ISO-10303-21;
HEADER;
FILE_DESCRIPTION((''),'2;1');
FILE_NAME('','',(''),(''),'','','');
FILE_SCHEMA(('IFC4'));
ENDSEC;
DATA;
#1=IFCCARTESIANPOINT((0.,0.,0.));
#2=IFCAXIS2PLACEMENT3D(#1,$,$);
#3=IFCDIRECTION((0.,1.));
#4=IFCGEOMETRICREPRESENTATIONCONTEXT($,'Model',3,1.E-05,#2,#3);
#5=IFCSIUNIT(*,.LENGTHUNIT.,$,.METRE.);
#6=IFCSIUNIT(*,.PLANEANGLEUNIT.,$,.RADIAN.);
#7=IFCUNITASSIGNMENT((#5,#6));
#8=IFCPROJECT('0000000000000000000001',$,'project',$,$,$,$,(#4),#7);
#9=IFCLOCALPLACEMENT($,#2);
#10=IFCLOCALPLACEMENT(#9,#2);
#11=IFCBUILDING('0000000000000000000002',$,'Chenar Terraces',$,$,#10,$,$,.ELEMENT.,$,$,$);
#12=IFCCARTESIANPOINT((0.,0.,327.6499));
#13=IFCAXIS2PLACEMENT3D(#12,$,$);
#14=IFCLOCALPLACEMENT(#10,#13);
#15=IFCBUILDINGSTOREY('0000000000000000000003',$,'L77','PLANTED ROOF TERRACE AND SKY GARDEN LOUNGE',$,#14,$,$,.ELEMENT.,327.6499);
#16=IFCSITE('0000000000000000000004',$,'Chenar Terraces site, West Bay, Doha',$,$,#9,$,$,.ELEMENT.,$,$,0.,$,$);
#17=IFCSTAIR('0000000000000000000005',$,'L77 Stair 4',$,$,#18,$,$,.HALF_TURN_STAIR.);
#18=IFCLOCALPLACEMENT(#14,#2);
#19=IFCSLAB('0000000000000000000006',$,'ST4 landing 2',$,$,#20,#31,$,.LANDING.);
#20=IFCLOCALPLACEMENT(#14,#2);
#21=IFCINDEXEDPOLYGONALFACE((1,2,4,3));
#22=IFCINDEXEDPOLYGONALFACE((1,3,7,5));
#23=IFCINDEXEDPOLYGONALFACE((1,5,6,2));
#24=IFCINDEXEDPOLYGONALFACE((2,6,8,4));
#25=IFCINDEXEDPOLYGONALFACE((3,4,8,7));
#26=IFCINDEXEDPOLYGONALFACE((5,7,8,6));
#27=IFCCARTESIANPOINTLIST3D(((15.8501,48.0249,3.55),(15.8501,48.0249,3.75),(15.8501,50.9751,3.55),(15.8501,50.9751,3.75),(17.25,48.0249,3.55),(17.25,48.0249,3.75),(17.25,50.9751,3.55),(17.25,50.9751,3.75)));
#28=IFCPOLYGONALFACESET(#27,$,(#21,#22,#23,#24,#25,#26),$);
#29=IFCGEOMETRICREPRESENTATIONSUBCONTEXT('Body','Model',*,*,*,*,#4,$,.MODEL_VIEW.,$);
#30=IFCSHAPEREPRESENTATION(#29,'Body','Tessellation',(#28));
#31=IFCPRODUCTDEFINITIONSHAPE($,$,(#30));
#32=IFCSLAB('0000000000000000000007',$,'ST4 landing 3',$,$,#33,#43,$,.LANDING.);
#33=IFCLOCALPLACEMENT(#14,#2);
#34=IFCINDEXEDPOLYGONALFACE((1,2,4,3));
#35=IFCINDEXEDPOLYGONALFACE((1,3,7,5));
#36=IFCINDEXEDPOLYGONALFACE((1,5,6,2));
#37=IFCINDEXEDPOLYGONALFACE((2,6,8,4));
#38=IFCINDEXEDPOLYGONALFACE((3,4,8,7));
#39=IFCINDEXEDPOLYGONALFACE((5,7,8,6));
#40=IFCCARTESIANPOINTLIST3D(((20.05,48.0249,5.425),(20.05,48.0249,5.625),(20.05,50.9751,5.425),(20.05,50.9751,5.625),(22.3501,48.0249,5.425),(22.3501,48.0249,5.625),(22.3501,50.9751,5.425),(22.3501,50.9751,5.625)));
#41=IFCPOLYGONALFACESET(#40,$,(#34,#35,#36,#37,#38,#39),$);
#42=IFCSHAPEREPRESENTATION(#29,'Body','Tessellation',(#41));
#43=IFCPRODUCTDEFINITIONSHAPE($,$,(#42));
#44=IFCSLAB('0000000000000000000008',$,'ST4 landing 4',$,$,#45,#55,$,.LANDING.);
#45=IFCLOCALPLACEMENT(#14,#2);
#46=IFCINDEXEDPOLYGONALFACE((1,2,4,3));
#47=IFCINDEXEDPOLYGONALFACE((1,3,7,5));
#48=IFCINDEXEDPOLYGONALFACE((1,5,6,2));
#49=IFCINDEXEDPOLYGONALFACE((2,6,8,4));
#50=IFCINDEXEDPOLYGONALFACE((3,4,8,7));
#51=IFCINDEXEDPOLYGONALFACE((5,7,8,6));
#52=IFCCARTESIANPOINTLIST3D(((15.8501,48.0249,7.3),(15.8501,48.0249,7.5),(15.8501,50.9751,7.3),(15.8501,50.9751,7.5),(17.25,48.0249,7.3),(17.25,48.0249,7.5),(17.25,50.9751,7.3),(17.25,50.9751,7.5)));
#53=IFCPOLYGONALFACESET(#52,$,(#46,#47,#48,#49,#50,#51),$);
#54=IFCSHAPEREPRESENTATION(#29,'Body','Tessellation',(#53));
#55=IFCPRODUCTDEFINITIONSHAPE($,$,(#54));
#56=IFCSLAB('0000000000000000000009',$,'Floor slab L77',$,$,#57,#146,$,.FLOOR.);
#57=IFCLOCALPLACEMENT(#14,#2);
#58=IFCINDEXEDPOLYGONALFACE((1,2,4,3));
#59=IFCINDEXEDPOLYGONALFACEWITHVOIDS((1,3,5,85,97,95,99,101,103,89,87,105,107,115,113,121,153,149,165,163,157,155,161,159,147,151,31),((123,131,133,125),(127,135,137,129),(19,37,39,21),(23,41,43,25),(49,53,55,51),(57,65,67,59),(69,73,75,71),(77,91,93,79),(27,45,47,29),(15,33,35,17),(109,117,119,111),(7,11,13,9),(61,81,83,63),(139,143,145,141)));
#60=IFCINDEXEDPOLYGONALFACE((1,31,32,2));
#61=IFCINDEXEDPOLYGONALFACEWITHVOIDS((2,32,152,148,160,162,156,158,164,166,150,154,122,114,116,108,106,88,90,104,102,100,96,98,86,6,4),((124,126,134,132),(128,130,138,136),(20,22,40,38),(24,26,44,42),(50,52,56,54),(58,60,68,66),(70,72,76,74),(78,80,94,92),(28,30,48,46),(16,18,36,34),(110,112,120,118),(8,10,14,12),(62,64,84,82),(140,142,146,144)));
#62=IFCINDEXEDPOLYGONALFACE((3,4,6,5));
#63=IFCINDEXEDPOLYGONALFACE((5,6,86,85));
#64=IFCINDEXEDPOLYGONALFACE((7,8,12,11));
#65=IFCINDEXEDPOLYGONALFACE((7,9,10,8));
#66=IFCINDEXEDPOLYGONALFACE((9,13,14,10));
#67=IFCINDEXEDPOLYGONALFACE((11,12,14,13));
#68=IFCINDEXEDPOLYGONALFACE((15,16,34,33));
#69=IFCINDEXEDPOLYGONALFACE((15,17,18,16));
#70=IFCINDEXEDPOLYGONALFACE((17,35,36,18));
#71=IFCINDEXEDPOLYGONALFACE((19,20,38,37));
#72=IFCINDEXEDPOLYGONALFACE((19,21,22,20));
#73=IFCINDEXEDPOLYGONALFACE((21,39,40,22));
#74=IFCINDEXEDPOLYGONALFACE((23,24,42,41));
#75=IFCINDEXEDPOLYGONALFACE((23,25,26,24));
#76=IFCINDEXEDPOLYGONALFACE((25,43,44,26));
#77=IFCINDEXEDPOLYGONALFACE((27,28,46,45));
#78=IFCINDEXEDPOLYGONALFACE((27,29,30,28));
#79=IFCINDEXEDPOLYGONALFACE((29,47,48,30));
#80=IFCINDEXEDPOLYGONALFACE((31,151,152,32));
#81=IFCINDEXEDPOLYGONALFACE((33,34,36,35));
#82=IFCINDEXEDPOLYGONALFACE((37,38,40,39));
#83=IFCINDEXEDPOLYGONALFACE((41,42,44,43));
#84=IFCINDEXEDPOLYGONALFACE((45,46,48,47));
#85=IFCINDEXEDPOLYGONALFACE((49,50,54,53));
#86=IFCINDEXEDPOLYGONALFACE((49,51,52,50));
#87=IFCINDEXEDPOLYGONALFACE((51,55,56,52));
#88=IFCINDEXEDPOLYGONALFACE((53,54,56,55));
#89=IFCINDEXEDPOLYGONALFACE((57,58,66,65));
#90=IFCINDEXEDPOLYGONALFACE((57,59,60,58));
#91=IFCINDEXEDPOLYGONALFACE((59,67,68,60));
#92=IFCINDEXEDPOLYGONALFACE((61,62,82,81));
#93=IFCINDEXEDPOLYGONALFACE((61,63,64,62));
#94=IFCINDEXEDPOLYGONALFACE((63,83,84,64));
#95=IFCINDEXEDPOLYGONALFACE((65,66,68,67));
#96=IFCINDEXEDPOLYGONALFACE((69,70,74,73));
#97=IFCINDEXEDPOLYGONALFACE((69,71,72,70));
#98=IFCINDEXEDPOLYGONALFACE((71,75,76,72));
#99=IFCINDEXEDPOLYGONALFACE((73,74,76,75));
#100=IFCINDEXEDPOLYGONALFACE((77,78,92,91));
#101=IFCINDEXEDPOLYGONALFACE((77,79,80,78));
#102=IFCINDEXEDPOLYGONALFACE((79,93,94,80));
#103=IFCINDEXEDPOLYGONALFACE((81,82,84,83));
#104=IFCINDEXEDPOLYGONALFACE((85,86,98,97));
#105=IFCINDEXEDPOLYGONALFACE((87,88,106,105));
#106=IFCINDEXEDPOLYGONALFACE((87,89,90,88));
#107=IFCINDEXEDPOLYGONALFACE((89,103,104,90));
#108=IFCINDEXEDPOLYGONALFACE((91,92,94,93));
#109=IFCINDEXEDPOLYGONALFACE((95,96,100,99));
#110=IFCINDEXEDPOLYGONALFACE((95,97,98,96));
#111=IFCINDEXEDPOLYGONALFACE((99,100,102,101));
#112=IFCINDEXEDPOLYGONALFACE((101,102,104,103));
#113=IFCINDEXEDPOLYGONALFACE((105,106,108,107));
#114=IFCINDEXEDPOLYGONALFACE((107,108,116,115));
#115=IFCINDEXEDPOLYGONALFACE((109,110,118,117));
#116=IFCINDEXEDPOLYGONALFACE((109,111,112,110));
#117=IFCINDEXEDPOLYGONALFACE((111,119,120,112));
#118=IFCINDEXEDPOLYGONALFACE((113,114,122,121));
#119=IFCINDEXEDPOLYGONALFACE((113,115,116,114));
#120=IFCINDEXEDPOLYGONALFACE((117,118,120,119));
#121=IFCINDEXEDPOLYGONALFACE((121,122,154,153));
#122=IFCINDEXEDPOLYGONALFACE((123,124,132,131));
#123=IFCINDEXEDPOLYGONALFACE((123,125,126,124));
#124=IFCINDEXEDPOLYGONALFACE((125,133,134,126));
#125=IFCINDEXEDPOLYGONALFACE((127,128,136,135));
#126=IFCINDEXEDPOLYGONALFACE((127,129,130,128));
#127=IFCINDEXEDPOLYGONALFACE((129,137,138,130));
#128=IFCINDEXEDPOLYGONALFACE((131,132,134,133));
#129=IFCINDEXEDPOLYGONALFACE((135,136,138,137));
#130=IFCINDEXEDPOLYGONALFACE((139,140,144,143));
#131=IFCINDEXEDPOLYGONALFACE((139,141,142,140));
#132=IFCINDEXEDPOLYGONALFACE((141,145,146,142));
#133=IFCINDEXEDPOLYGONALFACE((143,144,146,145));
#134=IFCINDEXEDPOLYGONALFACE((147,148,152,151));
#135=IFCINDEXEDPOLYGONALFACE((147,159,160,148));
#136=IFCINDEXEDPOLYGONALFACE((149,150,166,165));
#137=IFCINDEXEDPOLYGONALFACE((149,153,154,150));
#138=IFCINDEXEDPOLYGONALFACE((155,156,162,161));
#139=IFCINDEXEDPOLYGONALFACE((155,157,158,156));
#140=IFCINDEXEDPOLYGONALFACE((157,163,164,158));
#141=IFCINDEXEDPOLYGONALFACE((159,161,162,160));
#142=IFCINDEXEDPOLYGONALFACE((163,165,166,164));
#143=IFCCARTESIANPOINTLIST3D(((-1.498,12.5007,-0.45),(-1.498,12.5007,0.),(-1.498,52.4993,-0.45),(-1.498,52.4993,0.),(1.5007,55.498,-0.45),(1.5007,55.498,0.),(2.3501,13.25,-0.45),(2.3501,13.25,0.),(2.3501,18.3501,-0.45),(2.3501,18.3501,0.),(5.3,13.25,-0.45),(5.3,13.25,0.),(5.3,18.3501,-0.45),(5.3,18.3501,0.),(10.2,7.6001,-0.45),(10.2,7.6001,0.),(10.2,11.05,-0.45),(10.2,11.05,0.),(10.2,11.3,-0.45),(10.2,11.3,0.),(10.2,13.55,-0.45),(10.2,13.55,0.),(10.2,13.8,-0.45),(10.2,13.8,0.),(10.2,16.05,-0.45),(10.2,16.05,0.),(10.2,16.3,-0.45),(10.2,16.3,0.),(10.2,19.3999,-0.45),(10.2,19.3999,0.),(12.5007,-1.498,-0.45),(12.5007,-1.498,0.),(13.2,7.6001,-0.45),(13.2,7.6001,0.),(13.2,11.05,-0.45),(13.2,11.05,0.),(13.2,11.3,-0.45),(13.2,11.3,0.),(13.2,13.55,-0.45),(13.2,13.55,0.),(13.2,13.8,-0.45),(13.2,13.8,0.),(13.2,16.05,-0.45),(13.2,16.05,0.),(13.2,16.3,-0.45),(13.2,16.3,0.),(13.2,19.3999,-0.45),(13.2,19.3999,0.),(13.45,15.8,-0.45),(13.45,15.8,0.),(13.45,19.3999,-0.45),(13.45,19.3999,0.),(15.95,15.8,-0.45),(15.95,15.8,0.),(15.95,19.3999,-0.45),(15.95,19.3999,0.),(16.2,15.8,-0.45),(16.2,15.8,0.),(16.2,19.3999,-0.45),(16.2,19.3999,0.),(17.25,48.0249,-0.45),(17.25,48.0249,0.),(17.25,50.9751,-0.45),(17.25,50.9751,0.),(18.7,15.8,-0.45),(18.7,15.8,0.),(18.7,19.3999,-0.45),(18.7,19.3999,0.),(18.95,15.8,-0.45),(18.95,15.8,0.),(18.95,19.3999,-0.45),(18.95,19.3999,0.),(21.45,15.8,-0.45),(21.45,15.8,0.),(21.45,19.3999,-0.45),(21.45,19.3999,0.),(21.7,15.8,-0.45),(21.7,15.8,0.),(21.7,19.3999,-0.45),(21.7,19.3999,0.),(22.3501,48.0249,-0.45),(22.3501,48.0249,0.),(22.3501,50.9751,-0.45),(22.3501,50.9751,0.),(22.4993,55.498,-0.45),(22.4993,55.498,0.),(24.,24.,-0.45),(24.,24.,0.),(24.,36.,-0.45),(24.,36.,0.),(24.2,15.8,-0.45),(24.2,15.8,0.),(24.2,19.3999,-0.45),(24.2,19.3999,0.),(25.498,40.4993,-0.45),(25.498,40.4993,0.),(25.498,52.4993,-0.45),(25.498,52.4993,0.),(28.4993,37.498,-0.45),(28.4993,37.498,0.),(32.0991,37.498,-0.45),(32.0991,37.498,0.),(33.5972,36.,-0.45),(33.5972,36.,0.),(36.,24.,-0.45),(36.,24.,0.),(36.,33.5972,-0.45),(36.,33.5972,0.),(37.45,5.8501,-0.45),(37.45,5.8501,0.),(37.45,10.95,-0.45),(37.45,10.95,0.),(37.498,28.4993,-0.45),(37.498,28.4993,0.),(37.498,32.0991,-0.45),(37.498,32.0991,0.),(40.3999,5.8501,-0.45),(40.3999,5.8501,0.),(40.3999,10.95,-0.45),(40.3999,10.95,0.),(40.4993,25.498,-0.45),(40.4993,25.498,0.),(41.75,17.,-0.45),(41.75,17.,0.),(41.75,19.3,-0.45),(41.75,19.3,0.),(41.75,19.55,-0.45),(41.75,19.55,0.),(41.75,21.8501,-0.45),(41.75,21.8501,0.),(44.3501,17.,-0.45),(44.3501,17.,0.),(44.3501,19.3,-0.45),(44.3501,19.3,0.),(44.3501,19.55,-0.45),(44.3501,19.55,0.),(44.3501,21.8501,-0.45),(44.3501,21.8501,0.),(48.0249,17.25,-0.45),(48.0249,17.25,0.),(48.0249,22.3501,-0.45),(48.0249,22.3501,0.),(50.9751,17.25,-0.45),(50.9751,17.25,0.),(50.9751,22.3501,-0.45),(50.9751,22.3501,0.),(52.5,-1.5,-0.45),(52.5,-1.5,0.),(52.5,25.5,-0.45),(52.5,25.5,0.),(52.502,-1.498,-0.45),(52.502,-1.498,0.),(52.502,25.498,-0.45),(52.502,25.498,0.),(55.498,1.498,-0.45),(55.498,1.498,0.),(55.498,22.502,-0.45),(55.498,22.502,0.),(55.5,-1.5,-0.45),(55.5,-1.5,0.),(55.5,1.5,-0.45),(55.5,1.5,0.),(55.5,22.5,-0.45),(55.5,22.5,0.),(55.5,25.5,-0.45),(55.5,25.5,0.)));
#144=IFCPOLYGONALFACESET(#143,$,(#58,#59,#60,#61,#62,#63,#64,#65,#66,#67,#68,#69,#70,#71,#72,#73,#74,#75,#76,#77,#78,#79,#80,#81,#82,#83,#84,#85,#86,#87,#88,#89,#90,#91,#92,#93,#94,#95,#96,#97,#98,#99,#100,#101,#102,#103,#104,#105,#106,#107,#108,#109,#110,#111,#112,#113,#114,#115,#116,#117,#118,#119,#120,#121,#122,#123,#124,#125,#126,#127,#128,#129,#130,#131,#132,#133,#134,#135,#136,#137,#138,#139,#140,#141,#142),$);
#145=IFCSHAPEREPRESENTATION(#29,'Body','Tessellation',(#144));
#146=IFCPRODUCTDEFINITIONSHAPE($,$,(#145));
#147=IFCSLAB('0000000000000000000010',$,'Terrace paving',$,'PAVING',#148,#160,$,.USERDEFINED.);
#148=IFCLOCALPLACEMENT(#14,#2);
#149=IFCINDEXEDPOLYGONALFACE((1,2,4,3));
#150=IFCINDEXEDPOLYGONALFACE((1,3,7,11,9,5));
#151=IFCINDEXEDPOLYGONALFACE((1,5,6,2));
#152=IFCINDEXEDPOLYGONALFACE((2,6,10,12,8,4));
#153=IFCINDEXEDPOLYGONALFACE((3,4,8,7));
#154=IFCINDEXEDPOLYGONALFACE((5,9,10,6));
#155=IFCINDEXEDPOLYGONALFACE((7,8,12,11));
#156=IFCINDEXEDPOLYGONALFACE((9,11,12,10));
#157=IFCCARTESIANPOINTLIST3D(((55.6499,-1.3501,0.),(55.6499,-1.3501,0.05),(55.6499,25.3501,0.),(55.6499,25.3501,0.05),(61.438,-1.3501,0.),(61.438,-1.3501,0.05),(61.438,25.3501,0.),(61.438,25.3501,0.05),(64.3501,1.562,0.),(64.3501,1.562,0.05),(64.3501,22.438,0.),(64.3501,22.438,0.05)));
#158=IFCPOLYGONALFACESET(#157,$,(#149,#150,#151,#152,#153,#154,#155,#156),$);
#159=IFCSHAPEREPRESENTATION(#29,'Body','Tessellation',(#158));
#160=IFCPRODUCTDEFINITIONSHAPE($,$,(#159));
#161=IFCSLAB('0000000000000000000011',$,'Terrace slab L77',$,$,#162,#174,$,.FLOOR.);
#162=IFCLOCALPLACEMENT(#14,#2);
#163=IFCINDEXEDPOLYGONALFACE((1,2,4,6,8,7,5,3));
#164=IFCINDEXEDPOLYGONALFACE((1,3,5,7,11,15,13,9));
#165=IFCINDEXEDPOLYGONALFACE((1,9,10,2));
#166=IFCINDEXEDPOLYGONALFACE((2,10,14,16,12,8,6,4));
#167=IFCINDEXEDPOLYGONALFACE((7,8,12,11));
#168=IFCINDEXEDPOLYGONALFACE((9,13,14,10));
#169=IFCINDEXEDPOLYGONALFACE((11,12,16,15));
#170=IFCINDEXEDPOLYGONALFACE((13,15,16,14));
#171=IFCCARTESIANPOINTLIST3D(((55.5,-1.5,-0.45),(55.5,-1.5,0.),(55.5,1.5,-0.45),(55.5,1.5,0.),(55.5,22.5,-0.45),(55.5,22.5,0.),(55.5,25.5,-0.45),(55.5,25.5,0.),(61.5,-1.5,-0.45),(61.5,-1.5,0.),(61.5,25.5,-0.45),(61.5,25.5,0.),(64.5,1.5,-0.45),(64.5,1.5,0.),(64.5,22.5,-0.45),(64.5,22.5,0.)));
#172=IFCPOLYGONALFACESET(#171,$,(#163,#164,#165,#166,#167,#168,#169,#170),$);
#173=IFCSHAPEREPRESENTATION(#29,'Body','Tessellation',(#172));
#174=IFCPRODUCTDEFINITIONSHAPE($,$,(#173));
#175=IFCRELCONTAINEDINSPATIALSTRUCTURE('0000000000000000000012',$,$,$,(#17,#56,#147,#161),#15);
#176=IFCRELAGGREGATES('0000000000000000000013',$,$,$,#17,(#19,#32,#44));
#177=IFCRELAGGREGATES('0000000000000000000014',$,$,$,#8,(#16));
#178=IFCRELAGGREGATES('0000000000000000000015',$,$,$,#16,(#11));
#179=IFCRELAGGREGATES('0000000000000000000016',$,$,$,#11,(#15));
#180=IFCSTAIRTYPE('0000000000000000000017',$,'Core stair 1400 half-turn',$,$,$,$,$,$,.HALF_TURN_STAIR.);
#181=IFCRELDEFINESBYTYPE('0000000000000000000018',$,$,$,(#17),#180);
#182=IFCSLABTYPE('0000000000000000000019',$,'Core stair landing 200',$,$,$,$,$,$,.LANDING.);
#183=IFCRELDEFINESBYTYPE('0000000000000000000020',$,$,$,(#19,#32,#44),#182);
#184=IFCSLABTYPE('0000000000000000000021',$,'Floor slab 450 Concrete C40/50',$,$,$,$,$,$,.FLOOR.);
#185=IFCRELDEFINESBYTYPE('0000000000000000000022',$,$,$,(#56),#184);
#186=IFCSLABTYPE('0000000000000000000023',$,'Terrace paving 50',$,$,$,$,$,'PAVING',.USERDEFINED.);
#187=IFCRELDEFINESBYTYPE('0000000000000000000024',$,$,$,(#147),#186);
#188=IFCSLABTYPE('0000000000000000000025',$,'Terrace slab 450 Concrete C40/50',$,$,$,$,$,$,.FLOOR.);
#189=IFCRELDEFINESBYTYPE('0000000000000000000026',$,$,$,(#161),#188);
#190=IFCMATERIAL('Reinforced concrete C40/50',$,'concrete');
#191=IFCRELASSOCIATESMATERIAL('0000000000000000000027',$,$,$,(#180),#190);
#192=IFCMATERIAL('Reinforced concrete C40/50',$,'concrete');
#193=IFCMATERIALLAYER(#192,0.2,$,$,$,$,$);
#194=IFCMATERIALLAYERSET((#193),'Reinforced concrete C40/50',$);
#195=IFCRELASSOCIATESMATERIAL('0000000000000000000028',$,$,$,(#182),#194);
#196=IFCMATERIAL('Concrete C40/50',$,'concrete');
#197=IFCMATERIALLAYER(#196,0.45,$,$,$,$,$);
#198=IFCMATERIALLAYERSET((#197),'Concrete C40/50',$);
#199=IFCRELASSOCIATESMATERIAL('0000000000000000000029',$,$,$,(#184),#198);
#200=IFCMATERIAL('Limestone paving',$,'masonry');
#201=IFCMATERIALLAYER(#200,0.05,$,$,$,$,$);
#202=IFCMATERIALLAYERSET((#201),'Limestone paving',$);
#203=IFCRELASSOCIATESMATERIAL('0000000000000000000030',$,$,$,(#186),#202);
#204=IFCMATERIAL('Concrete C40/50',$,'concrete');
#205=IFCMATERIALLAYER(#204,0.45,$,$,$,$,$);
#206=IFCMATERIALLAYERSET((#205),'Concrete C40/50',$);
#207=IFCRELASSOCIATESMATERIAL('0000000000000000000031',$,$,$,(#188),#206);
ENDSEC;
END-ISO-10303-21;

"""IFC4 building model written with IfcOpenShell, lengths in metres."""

from ifc_helpers import new_model, si_unit, direction, frame, origin, place, context, subcontext, project, spatial, polyline, outline, extrude, material, layer, layer_set, type_object, element, aggregate, save


model = new_model("IFC4")

# Units and contexts
model_context = context("Model", 3, precision=1e-05, world=origin(), true_north=direction((0.0, 1.0)))
body_context = subcontext(model_context, "Body", "Model", "MODEL_VIEW")
ifc_project = project(units=[si_unit("LENGTHUNIT", "METRE"), si_unit("PLANEANGLEUNIT", "RADIAN")], contexts=[model_context])

# Site, building, storey
site_placement = place(None, origin())
site = spatial("IfcSite", under=ifc_project, at=site_placement, Name="Chenar Terraces site, West Bay, Doha", CompositionType="ELEMENT", RefElevation=0.0)
building_placement = place(site_placement, origin())
building = spatial("IfcBuilding", under=site, at=building_placement, Name="Chenar Terraces", CompositionType="ELEMENT")
storey_placement = place(building_placement, frame((0.0, 0.0, 327.6499)))
storey = spatial("IfcBuildingStorey", under=building, at=storey_placement, Name="L77", Description="PLANTED ROOF TERRACE AND SKY GARDEN LOUNGE", CompositionType="ELEMENT", Elevation=327.6499)

# Stair, slabs
ifc_material_1 = material(Name="Reinforced concrete C40/50", Category="concrete")
stair_type = type_object("IfcStairType", Name="Core stair 1400 half-turn", PredefinedType="HALF_TURN_STAIR", material=ifc_material_1)
placement_1 = place(storey_placement, origin())
ifc_material_2 = material(Name="Reinforced concrete C40/50", Category="concrete")
ifc_layer_1 = layer(ifc_material_2, 0.2)
ifc_layer_set_1 = layer_set([ifc_layer_1], Name="Reinforced concrete C40/50")
slab_type_1 = type_object("IfcSlabType", Name="Core stair landing 200", PredefinedType="LANDING", material=ifc_layer_set_1)
placement_2 = place(storey_placement, frame((0.0, 0.0, 3.55)))
placement_3 = place(storey_placement, frame((0.0, 0.0, 5.425)))
placement_4 = place(storey_placement, frame((0.0, 0.0, 7.3)))
stair_1 = element("IfcStair", 1, at=placement_1, inside=storey, type_object=stair_type, Name="L77 Stair 4", PredefinedType="HALF_TURN_STAIR")
slab_1 = element("IfcSlab", 2, at=placement_2, type_object=slab_type_1, Name="ST4 landing 2", PredefinedType="LANDING", context=body_context, shape_type="SweptSolid", body=[
    extrude(outline(polyline([(15.8501, 48.0249), (17.25, 48.0249), (17.25, 50.9751), (15.8501, 50.9751), (15.8501, 48.0249)])), origin(), (0.0, 0.0, 1.0), 0.2),
])
slab_2 = element("IfcSlab", 3, at=placement_3, type_object=slab_type_1, Name="ST4 landing 3", PredefinedType="LANDING", context=body_context, shape_type="SweptSolid", body=[
    extrude(outline(polyline([(20.05, 48.0249), (22.3501, 48.0249), (22.3501, 50.9751), (20.05, 50.9751), (20.05, 48.0249)])), origin(), (0.0, 0.0, 1.0), 0.2),
])
slab_3 = element("IfcSlab", 4, at=placement_4, type_object=slab_type_1, Name="ST4 landing 4", PredefinedType="LANDING", context=body_context, shape_type="SweptSolid", body=[
    extrude(outline(polyline([(15.8501, 48.0249), (17.25, 48.0249), (17.25, 50.9751), (15.8501, 50.9751), (15.8501, 48.0249)])), origin(), (0.0, 0.0, 1.0), 0.2),
])
aggregate(stair_1, [slab_1, slab_2, slab_3])

# Slabs
ifc_material_3 = material(Name="Concrete C40/50", Category="concrete")
ifc_layer_2 = layer(ifc_material_3, 0.45)
ifc_layer_set_2 = layer_set([ifc_layer_2], Name="Concrete C40/50")
slab_type_2 = type_object("IfcSlabType", Name="Floor slab 450 Concrete C40/50", PredefinedType="FLOOR", material=ifc_layer_set_2)
placement_5 = place(storey_placement, frame((0.0, 0.0, -0.45)))
element("IfcSlab", 5, at=placement_5, inside=storey, type_object=slab_type_2, Name="Floor slab L77", PredefinedType="FLOOR", context=body_context, shape_type="SweptSolid", body=[
    extrude(outline(polyline([(52.502, -1.498), (12.5007, -1.498), (-1.498, 12.5007), (-1.498, 52.4993), (1.5007, 55.498), (22.4993, 55.498), (25.498, 52.4993), (25.498, 40.4993), (28.4993, 37.498), (32.0991, 37.498), (33.5972, 36.0), (24.0, 36.0), (24.0, 24.0), (36.0, 24.0), (36.0, 33.5972), (37.498, 32.0991), (37.498, 28.4993), (40.4993, 25.498), (52.502, 25.498), (52.5, 25.5), (55.5, 25.5), (55.5, 22.5), (55.498, 22.502), (55.498, 1.498), (55.5, 1.5), (55.5, -1.5), (52.5, -1.5), (52.502, -1.498)]), holes=[polyline([(10.2, 11.05), (10.2, 7.6001), (13.2, 7.6001), (13.2, 11.05), (10.2, 11.05)]), polyline([(13.2, 13.55), (10.2, 13.55), (10.2, 11.3), (13.2, 11.3), (13.2, 13.55)]), polyline([(13.2, 16.05), (10.2, 16.05), (10.2, 13.8), (13.2, 13.8), (13.2, 16.05)]), polyline([(2.3501, 13.25), (5.3, 13.25), (5.3, 18.3501), (2.3501, 18.3501), (2.3501, 13.25)]), polyline([(15.95, 19.3999), (13.45, 19.3999), (13.45, 15.8), (15.95, 15.8), (15.95, 19.3999)]), polyline([(18.7, 19.3999), (16.2, 19.3999), (16.2, 15.8), (18.7, 15.8), (18.7, 19.3999)]), polyline([(13.2, 19.3999), (10.2, 19.3999), (10.2, 16.3), (13.2, 16.3), (13.2, 19.3999)]), polyline([(22.3501, 48.0249), (22.3501, 50.9751), (17.25, 50.9751), (17.25, 48.0249), (22.3501, 48.0249)]), polyline([(37.45, 5.8501), (40.3999, 5.8501), (40.3999, 10.95), (37.45, 10.95), (37.45, 5.8501)]), polyline([(21.45, 19.3999), (18.95, 19.3999), (18.95, 15.8), (21.45, 15.8), (21.45, 19.3999)]), polyline([(24.2, 19.3999), (21.7, 19.3999), (21.7, 15.8), (24.2, 15.8), (24.2, 19.3999)]), polyline([(44.3501, 19.3), (41.75, 19.3), (41.75, 17.0), (44.3501, 17.0), (44.3501, 19.3)]), polyline([(50.9751, 22.3501), (48.0249, 22.3501), (48.0249, 17.25), (50.9751, 17.25), (50.9751, 22.3501)]), polyline([(44.3501, 21.8501), (41.75, 21.8501), (41.75, 19.55), (44.3501, 19.55), (44.3501, 21.8501)])]), origin(), (0.0, 0.0, 1.0), 0.45),
])
ifc_material_4 = material(Name="Limestone paving", Category="masonry")
ifc_layer_3 = layer(ifc_material_4, 0.05)
ifc_layer_set_3 = layer_set([ifc_layer_3], Name="Limestone paving")
slab_type_3 = type_object("IfcSlabType", Name="Terrace paving 50", ElementType="PAVING", PredefinedType="USERDEFINED", material=ifc_layer_set_3)
element("IfcSlab", 6, at=placement_1, inside=storey, type_object=slab_type_3, Name="Terrace paving", ObjectType="PAVING", PredefinedType="USERDEFINED", context=body_context, shape_type="SweptSolid", body=[
    extrude(outline(polyline([(64.3501, 1.562), (61.438, -1.3501), (55.6499, -1.3501), (55.6499, 25.3501), (61.438, 25.3501), (64.3501, 22.438), (64.3501, 1.562)])), origin(), (0.0, 0.0, 1.0), 0.05),
])
ifc_material_5 = material(Name="Concrete C40/50", Category="concrete")
ifc_layer_4 = layer(ifc_material_5, 0.45)
ifc_layer_set_4 = layer_set([ifc_layer_4], Name="Concrete C40/50")
slab_type_4 = type_object("IfcSlabType", Name="Terrace slab 450 Concrete C40/50", PredefinedType="FLOOR", material=ifc_layer_set_4)
element("IfcSlab", 7, at=placement_5, inside=storey, type_object=slab_type_4, Name="Terrace slab L77", PredefinedType="FLOOR", context=body_context, shape_type="SweptSolid", body=[
    extrude(outline(polyline([(64.5, 1.5), (61.5, -1.5), (55.5, -1.5), (55.5, 1.5), (55.5, 22.5), (55.5, 25.5), (61.5, 25.5), (64.5, 22.5), (64.5, 1.5)])), origin(), (0.0, 0.0, 1.0), 0.45),
])

save(model, "model.ifc")
